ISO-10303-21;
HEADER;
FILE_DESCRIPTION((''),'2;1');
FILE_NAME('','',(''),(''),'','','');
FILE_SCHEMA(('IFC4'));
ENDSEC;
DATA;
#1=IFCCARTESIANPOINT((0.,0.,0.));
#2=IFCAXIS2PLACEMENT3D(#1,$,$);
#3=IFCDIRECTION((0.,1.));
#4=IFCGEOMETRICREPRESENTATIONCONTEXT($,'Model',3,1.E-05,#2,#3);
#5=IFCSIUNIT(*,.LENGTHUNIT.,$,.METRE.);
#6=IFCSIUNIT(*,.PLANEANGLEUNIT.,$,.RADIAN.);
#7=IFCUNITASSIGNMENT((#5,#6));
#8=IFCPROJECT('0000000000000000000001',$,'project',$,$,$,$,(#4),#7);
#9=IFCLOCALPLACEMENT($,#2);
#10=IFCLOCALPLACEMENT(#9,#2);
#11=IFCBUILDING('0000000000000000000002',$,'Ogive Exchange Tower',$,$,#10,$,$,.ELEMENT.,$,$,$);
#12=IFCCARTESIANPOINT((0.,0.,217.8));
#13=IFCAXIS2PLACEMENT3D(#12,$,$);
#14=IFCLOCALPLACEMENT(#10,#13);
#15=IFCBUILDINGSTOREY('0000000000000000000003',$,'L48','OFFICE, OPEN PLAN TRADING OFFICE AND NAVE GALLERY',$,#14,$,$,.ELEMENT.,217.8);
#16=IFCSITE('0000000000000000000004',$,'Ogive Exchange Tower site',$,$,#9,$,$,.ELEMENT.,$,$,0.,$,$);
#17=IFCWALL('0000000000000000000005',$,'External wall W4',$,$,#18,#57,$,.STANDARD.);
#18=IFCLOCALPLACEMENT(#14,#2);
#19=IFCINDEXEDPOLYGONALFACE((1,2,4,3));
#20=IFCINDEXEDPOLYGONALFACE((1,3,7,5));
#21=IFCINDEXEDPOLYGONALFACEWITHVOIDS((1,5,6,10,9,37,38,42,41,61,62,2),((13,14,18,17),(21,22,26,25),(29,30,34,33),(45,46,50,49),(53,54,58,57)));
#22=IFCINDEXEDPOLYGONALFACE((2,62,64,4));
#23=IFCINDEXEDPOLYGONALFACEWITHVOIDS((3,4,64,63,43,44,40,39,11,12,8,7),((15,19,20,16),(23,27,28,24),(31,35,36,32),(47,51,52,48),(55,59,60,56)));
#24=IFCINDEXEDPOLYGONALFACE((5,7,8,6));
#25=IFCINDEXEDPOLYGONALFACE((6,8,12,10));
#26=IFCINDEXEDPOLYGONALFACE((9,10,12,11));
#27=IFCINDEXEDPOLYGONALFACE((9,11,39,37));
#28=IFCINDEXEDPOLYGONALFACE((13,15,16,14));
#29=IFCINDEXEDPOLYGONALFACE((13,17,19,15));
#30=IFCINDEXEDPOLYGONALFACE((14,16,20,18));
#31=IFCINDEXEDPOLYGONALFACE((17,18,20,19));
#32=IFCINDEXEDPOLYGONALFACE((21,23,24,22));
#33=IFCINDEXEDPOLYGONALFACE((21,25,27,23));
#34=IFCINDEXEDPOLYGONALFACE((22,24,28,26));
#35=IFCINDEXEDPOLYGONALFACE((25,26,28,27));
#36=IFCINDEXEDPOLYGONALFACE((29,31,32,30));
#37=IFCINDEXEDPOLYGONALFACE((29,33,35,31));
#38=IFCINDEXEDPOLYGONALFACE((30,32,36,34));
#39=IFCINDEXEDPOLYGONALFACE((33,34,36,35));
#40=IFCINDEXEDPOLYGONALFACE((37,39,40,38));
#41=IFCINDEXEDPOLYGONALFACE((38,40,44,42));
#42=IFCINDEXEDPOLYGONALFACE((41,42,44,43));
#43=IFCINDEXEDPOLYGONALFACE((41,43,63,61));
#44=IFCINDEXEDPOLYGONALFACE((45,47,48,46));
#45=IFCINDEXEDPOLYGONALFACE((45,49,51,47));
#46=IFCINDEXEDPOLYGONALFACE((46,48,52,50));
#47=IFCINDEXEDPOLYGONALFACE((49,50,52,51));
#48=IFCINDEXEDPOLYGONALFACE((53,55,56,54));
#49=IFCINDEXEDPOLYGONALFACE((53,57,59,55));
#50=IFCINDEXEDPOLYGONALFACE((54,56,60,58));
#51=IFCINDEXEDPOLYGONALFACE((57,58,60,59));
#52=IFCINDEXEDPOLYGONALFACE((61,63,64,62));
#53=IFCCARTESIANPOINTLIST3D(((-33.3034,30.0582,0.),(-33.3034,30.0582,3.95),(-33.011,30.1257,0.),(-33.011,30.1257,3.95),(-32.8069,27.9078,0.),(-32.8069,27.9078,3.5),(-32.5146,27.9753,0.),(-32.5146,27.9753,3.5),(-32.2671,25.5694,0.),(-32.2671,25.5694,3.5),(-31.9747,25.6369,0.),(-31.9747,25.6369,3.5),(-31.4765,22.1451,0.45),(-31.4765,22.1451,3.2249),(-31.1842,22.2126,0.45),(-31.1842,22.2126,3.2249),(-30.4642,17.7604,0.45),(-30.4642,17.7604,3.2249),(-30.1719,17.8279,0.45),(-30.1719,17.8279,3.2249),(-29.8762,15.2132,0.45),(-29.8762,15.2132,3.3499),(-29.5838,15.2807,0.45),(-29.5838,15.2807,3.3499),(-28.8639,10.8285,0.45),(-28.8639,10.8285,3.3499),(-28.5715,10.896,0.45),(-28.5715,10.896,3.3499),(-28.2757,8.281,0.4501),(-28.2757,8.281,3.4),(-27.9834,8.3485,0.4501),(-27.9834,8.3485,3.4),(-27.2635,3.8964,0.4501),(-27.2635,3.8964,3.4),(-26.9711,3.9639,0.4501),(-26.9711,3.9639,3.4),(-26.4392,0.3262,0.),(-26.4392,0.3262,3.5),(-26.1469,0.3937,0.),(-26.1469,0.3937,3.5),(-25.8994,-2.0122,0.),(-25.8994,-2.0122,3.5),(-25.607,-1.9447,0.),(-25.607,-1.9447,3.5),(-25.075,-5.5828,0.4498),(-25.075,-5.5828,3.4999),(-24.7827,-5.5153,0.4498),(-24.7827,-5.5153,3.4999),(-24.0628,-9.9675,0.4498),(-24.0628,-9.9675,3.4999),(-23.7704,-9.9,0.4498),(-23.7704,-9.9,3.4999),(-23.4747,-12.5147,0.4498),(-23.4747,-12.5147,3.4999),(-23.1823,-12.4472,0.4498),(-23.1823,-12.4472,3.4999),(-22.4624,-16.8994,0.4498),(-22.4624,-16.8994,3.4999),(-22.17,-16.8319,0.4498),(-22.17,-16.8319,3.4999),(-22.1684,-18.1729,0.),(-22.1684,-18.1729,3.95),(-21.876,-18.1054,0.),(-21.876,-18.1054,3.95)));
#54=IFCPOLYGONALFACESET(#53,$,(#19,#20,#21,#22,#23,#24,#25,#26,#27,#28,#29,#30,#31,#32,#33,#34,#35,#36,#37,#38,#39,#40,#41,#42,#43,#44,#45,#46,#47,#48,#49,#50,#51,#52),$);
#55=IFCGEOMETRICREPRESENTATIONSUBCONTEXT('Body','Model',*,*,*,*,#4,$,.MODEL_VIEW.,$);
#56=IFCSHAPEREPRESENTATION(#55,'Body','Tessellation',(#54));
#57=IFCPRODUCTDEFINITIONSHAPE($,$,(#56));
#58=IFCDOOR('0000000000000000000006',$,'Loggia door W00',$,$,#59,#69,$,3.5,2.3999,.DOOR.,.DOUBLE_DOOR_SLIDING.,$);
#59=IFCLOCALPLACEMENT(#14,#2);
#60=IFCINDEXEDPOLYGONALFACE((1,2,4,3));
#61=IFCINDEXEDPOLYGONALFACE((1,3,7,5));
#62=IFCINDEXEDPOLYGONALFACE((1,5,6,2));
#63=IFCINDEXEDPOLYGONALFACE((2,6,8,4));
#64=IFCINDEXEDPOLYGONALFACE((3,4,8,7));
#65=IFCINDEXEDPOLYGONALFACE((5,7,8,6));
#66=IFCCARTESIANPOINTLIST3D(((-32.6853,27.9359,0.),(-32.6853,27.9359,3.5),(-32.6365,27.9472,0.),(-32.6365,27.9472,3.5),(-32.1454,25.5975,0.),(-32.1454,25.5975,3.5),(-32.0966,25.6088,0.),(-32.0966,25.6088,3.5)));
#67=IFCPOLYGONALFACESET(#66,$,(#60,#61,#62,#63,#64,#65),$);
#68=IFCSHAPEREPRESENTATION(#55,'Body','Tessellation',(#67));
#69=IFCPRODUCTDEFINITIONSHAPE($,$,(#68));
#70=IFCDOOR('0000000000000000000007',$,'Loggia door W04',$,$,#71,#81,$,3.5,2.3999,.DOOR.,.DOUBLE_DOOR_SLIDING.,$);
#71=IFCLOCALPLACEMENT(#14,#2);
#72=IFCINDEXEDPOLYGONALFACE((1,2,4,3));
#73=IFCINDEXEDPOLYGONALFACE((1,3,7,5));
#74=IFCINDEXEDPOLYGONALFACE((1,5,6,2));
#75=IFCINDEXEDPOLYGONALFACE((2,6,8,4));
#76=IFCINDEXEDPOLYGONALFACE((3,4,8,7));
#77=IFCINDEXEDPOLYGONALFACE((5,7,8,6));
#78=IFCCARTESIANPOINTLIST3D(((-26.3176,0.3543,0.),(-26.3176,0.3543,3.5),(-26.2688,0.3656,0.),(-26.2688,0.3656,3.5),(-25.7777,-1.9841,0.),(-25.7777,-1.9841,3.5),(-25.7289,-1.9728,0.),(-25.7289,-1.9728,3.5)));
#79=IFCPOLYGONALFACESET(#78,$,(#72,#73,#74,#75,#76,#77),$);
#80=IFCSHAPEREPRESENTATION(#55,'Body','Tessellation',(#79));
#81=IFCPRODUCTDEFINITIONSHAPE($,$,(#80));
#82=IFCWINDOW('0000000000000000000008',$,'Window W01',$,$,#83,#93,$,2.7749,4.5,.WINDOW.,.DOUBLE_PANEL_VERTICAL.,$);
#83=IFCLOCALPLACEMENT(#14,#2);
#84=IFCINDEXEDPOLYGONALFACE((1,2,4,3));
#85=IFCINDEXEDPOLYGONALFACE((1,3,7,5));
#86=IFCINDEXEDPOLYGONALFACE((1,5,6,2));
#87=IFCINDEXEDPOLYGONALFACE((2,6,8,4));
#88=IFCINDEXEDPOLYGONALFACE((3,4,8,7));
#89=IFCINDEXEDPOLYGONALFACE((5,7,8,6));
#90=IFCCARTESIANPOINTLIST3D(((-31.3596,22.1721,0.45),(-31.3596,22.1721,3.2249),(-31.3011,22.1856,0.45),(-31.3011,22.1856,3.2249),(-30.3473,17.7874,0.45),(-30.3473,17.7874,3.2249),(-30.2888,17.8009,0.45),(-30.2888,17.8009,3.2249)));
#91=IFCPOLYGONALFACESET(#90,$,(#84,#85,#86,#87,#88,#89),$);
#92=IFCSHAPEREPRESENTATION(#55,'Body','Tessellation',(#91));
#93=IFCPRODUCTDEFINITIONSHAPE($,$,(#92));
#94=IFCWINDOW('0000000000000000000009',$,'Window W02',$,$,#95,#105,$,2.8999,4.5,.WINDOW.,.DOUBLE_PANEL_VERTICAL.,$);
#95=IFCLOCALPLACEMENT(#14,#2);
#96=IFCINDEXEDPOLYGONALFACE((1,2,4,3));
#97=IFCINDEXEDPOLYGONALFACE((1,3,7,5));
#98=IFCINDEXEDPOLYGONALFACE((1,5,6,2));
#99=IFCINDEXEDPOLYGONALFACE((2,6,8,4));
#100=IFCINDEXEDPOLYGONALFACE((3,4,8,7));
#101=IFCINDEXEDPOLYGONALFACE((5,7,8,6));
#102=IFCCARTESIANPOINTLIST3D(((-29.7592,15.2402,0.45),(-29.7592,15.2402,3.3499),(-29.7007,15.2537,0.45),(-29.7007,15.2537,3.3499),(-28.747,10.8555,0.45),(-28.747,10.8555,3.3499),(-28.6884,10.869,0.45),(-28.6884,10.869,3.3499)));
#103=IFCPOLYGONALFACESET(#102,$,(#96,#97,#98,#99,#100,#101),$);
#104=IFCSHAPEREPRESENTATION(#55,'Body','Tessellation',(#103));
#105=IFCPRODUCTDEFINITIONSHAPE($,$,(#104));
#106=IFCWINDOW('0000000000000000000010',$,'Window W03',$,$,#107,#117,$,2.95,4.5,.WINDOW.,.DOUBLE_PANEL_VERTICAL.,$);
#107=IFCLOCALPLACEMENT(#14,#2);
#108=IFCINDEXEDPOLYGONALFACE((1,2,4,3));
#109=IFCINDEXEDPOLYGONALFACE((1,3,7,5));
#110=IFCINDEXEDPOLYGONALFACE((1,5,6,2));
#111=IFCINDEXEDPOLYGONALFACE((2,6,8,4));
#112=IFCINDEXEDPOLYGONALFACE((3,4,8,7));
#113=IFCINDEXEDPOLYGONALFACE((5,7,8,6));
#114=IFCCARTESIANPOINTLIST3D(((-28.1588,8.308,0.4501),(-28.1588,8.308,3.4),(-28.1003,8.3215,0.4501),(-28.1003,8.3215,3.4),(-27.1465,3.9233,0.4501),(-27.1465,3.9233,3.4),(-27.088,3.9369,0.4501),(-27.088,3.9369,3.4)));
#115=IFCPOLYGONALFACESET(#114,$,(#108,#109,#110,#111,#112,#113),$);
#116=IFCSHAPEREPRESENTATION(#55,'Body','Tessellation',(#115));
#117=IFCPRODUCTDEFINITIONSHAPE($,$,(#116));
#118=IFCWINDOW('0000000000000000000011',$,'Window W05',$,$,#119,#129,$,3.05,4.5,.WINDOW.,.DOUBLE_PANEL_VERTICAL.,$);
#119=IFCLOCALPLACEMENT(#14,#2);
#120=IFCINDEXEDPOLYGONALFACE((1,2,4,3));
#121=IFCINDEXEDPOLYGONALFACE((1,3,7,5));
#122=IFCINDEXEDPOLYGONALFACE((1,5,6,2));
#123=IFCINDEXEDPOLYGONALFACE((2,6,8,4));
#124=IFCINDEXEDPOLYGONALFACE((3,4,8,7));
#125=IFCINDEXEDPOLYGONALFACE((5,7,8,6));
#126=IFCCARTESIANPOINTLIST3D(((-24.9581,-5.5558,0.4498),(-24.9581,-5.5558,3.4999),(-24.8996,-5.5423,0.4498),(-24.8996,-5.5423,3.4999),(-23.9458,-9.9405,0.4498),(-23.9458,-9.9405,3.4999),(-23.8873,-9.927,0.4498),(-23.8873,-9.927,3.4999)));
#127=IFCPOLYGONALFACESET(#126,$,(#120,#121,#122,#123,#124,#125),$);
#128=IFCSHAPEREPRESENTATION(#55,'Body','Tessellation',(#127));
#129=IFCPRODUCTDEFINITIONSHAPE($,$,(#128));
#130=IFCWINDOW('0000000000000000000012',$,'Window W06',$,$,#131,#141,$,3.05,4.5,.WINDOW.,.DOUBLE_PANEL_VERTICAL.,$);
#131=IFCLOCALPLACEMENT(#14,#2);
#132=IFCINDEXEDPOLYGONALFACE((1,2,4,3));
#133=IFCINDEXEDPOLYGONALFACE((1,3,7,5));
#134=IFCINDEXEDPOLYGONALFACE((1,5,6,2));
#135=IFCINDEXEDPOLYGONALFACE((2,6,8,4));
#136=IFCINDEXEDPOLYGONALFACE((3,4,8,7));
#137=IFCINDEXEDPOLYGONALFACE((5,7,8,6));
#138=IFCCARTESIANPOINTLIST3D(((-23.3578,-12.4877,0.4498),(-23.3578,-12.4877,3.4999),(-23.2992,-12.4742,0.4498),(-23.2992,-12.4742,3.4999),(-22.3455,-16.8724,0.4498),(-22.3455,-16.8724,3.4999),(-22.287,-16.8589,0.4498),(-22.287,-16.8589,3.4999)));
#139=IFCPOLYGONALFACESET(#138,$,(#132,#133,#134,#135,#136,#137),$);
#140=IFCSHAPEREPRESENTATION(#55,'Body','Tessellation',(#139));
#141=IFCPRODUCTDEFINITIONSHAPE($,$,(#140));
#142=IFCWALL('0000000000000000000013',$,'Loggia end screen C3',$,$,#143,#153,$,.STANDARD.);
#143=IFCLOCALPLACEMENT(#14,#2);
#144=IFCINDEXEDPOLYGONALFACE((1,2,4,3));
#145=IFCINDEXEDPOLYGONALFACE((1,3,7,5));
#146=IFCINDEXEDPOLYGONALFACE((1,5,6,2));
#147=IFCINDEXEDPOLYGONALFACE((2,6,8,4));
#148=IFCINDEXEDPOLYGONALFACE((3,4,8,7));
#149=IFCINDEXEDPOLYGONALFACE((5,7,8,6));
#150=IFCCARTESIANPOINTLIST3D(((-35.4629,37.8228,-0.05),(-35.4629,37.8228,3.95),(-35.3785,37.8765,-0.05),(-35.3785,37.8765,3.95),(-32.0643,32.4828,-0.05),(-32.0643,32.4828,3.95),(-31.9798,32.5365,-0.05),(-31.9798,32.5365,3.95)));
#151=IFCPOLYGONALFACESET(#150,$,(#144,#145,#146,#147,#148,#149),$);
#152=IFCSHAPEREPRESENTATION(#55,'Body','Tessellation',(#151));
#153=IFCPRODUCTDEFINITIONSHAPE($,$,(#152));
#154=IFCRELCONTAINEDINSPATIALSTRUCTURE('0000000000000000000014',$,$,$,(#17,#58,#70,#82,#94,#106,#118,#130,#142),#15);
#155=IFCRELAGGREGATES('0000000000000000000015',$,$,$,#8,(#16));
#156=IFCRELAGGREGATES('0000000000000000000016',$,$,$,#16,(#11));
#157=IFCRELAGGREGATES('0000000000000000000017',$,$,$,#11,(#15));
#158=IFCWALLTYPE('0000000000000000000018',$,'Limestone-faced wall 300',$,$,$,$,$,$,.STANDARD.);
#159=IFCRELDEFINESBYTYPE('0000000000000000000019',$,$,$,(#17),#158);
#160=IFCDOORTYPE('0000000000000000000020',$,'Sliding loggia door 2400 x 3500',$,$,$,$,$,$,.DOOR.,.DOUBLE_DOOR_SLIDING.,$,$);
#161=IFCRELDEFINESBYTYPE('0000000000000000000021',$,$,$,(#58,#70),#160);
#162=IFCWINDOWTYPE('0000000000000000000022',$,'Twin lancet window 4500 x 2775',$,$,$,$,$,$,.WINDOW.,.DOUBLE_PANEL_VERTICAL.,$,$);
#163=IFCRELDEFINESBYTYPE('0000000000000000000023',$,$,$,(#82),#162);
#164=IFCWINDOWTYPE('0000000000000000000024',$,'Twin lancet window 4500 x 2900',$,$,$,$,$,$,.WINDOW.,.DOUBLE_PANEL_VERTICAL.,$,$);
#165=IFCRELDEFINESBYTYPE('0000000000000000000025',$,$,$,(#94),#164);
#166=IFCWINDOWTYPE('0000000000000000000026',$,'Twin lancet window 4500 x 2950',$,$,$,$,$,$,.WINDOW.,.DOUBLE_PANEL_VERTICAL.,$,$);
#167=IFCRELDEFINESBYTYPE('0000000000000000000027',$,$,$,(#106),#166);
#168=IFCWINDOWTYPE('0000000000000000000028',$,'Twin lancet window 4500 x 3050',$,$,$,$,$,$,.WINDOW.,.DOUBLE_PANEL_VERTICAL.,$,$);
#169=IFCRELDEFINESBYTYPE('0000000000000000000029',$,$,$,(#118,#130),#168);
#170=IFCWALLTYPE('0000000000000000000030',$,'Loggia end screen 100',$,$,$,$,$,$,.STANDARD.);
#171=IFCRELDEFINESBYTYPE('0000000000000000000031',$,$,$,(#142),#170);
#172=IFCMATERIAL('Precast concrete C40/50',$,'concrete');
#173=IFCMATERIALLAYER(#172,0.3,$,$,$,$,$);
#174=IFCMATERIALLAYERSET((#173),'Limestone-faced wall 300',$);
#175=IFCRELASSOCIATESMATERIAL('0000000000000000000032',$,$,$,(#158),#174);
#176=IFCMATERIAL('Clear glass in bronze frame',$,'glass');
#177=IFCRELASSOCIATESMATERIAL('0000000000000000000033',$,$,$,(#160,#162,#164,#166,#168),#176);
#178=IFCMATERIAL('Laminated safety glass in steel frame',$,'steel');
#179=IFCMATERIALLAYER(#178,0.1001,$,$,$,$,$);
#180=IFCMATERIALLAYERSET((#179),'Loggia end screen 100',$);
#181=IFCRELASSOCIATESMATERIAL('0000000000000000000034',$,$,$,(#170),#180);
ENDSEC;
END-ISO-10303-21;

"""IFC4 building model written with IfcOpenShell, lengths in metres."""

from ifc_helpers import new_model, si_unit, direction, frame, frame_2d, origin, place, context, subcontext, project, spatial, rectangle, extrude, material, layer, layer_set, type_object, element, fill, save


model = new_model("IFC4")

# Units and contexts
model_context = context("Model", 3, precision=1e-05, world=origin(), true_north=direction((0.0, 1.0)))
body_context = subcontext(model_context, "Body", "Model", "MODEL_VIEW")
ifc_project = project(units=[si_unit("LENGTHUNIT", "METRE"), si_unit("PLANEANGLEUNIT", "RADIAN")], contexts=[model_context])

# Site, building, storey
site_placement = place(None, origin())
site = spatial("IfcSite", under=ifc_project, at=site_placement, Name="Ogive Exchange Tower site", CompositionType="ELEMENT", RefElevation=0.0)
building_placement = place(site_placement, origin())
building = spatial("IfcBuilding", under=site, at=building_placement, Name="Ogive Exchange Tower", CompositionType="ELEMENT")
storey_placement = place(building_placement, frame((0.0, 0.0, 217.8)))
storey = spatial("IfcBuildingStorey", under=building, at=storey_placement, Name="L48", Description="OFFICE, OPEN PLAN TRADING OFFICE AND NAVE GALLERY", CompositionType="ELEMENT", Elevation=217.8)

# Wall, openings, doors, windows
ifc_material_1 = material(Name="Precast concrete C40/50", Category="concrete")
ifc_layer_1 = layer(ifc_material_1, 0.3)
ifc_layer_set_1 = layer_set([ifc_layer_1], Name="Limestone-faced wall 300")
wall_type_1 = type_object("IfcWallType", Name="Limestone-faced wall 300", PredefinedType="STANDARD", material=ifc_layer_set_1)
wall_1_placement = place(storey_placement, frame((-33.1572, 30.092, 0.0), z_axis=(0.0, 0.0, 1.0), x_axis=(0.22495, -0.97437, 0.0)))
wall_1 = element("IfcWall", 1, at=wall_1_placement, inside=storey, type_object=wall_type_1, Name="External wall W4", PredefinedType="STANDARD", context=body_context, shape_type="SweptSolid", body=[
    extrude(rectangle(XDim=49.4998, YDim=0.3, at=frame_2d((24.75, 0.0))), origin(), (0.0, 0.0, 1.0), 3.95),
])
opening_1_placement = place(wall_1_placement, frame((2.207, 0.0, 0.0)))
opening_1 = element("IfcOpeningElement", 2, at=opening_1_placement, cuts=wall_1, PredefinedType="OPENING", context=body_context, shape_type="SweptSolid", body=[
    extrude(rectangle(XDim=2.3999, YDim=3.5, at=frame_2d((1.2, 1.75))), frame((0.0, 0.1599, 0.0), z_axis=(0.0, -1.0, 0.0), x_axis=(1.0, 0.0, 0.0)), (0.0, 0.0, 1.0), 0.3201),
])
opening_2_placement = place(wall_1_placement, frame((8.1213, 0.0, 0.45)))
opening_2 = element("IfcOpeningElement", 3, at=opening_2_placement, cuts=wall_1, PredefinedType="OPENING", context=body_context, shape_type="SweptSolid", body=[
    extrude(rectangle(XDim=4.5, YDim=2.7749, at=frame_2d((2.25, 1.3875))), frame((0.0, 0.1599, 0.0), z_axis=(0.0, -1.0, 0.0), x_axis=(1.0, 0.0, 0.0)), (0.0, 0.0, 1.0), 0.3201),
])
opening_3_placement = place(wall_1_placement, frame((15.2356, 0.0, 0.45)))
opening_3 = element("IfcOpeningElement", 4, at=opening_3_placement, cuts=wall_1, PredefinedType="OPENING", context=body_context, shape_type="SweptSolid", body=[
    extrude(rectangle(XDim=4.5, YDim=2.8999, at=frame_2d((2.25, 1.45))), frame((0.0, 0.1599, 0.0), z_axis=(0.0, -1.0, 0.0), x_axis=(1.0, 0.0, 0.0)), (0.0, 0.0, 1.0), 0.3201),
])
opening_4_placement = place(wall_1_placement, frame((22.3501, 0.0, 0.45)))
opening_4 = element("IfcOpeningElement", 5, at=opening_4_placement, cuts=wall_1, PredefinedType="OPENING", context=body_context, shape_type="SweptSolid", body=[
    extrude(rectangle(XDim=4.5, YDim=2.95, at=frame_2d((2.25, 1.4751))), frame((0.0, 0.1599, 0.0), z_axis=(0.0, -1.0, 0.0), x_axis=(1.0, 0.0, 0.0)), (0.0, 0.0, 1.0), 0.3201),
])
opening_5_placement = place(wall_1_placement, frame((30.5142, 0.0, 0.0)))
opening_5 = element("IfcOpeningElement", 6, at=opening_5_placement, cuts=wall_1, PredefinedType="OPENING", context=body_context, shape_type="SweptSolid", body=[
    extrude(rectangle(XDim=2.3999, YDim=3.5, at=frame_2d((1.2, 1.75))), frame((0.0, 0.1599, 0.0), z_axis=(0.0, -1.0, 0.0), x_axis=(1.0, 0.0, 0.0)), (0.0, 0.0, 1.0), 0.3201),
])
opening_6_placement = place(wall_1_placement, frame((36.5786, 0.0, 0.45)))
opening_6 = element("IfcOpeningElement", 7, at=opening_6_placement, cuts=wall_1, PredefinedType="OPENING", context=body_context, shape_type="SweptSolid", body=[
    extrude(rectangle(XDim=4.5, YDim=3.05, at=frame_2d((2.25, 1.5249))), frame((0.0, 0.1599, 0.0), z_axis=(0.0, -1.0, 0.0), x_axis=(1.0, 0.0, 0.0)), (0.0, 0.0, 1.0), 0.3201),
])
opening_7_placement = place(wall_1_placement, frame((43.6929, 0.0, 0.45)))
opening_7 = element("IfcOpeningElement", 8, at=opening_7_placement, cuts=wall_1, PredefinedType="OPENING", context=body_context, shape_type="SweptSolid", body=[
    extrude(rectangle(XDim=4.5, YDim=3.05, at=frame_2d((2.25, 1.5249))), frame((0.0, 0.1599, 0.0), z_axis=(0.0, -1.0, 0.0), x_axis=(1.0, 0.0, 0.0)), (0.0, 0.0, 1.0), 0.3201),
])
ifc_material_2 = material(Name="Clear glass in bronze frame", Category="glass")
door_type_1 = type_object("IfcDoorType", Name="Sliding loggia door 2400 x 3500", OperationType="DOUBLE_DOOR_SLIDING", PredefinedType="DOOR", material=ifc_material_2)
door_1_placement = place(opening_1_placement, origin())
door_1 = element("IfcDoor", 9, at=door_1_placement, inside=storey, type_object=door_type_1, Name="Loggia door W00", OperationType="DOUBLE_DOOR_SLIDING", OverallHeight=3.5, OverallWidth=2.3999, PredefinedType="DOOR", context=body_context, shape_type="SweptSolid", body=[
    extrude(rectangle(XDim=2.3999, YDim=3.5, at=frame_2d((1.2, 1.75))), frame((0.0, 0.0249, 0.0), z_axis=(0.0, -1.0, 0.0), x_axis=(1.0, 0.0, 0.0)), (0.0, 0.0, 1.0), 0.05),
])
fill(opening_1, door_1)
door_2_placement = place(opening_5_placement, origin())
door_2 = element("IfcDoor", 10, at=door_2_placement, inside=storey, type_object=door_type_1, Name="Loggia door W04", OperationType="DOUBLE_DOOR_SLIDING", OverallHeight=3.5, OverallWidth=2.3999, PredefinedType="DOOR", context=body_context, shape_type="SweptSolid", body=[
    extrude(rectangle(XDim=2.3999, YDim=3.5, at=frame_2d((1.2, 1.75))), frame((0.0, 0.0249, 0.0), z_axis=(0.0, -1.0, 0.0), x_axis=(1.0, 0.0, 0.0)), (0.0, 0.0, 1.0), 0.05),
])
fill(opening_5, door_2)
window_type_1 = type_object("IfcWindowType", Name="Twin lancet window 4500 x 2775", PartitioningType="DOUBLE_PANEL_VERTICAL", PredefinedType="WINDOW", material=ifc_material_2)
window_1_placement = place(opening_2_placement, origin())
window_1 = element("IfcWindow", 11, at=window_1_placement, inside=storey, type_object=window_type_1, Name="Window W01", OverallHeight=2.7749, OverallWidth=4.5, PartitioningType="DOUBLE_PANEL_VERTICAL", PredefinedType="WINDOW", context=body_context, shape_type="SweptSolid", body=[
    extrude(rectangle(XDim=4.5, YDim=2.7749, at=frame_2d((2.25, 1.3875))), frame((0.0, 0.03, 0.0), z_axis=(0.0, -1.0, 0.0), x_axis=(1.0, 0.0, 0.0)), (0.0, 0.0, 1.0), 0.0601),
])
fill(opening_2, window_1)
window_type_2 = type_object("IfcWindowType", Name="Twin lancet window 4500 x 2900", PartitioningType="DOUBLE_PANEL_VERTICAL", PredefinedType="WINDOW", material=ifc_material_2)
window_2_placement = place(opening_3_placement, origin())
window_2 = element("IfcWindow", 12, at=window_2_placement, inside=storey, type_object=window_type_2, Name="Window W02", OverallHeight=2.8999, OverallWidth=4.5, PartitioningType="DOUBLE_PANEL_VERTICAL", PredefinedType="WINDOW", context=body_context, shape_type="SweptSolid", body=[
    extrude(rectangle(XDim=4.5, YDim=2.8999, at=frame_2d((2.25, 1.45))), frame((0.0, 0.03, 0.0), z_axis=(0.0, -1.0, 0.0), x_axis=(1.0, 0.0, 0.0)), (0.0, 0.0, 1.0), 0.0601),
])
fill(opening_3, window_2)
window_type_3 = type_object("IfcWindowType", Name="Twin lancet window 4500 x 2950", PartitioningType="DOUBLE_PANEL_VERTICAL", PredefinedType="WINDOW", material=ifc_material_2)
window_3_placement = place(opening_4_placement, origin())
window_3 = element("IfcWindow", 13, at=window_3_placement, inside=storey, type_object=window_type_3, Name="Window W03", OverallHeight=2.95, OverallWidth=4.5, PartitioningType="DOUBLE_PANEL_VERTICAL", PredefinedType="WINDOW", context=body_context, shape_type="SweptSolid", body=[
    extrude(rectangle(XDim=4.5, YDim=2.95, at=frame_2d((2.25, 1.4751))), frame((0.0, 0.03, 0.0), z_axis=(0.0, -1.0, 0.0), x_axis=(1.0, 0.0, 0.0)), (0.0, 0.0, 1.0), 0.0601),
])
fill(opening_4, window_3)
window_type_4 = type_object("IfcWindowType", Name="Twin lancet window 4500 x 3050", PartitioningType="DOUBLE_PANEL_VERTICAL", PredefinedType="WINDOW", material=ifc_material_2)
window_4_placement = place(opening_6_placement, origin())
window_4 = element("IfcWindow", 14, at=window_4_placement, inside=storey, type_object=window_type_4, Name="Window W05", OverallHeight=3.05, OverallWidth=4.5, PartitioningType="DOUBLE_PANEL_VERTICAL", PredefinedType="WINDOW", context=body_context, shape_type="SweptSolid", body=[
    extrude(rectangle(XDim=4.5, YDim=3.05, at=frame_2d((2.25, 1.5249))), frame((0.0, 0.03, 0.0), z_axis=(0.0, -1.0, 0.0), x_axis=(1.0, 0.0, 0.0)), (0.0, 0.0, 1.0), 0.0601),
])
fill(opening_6, window_4)
window_5_placement = place(opening_7_placement, origin())
window_5 = element("IfcWindow", 15, at=window_5_placement, inside=storey, type_object=window_type_4, Name="Window W06", OverallHeight=3.05, OverallWidth=4.5, PartitioningType="DOUBLE_PANEL_VERTICAL", PredefinedType="WINDOW", context=body_context, shape_type="SweptSolid", body=[
    extrude(rectangle(XDim=4.5, YDim=3.05, at=frame_2d((2.25, 1.5249))), frame((0.0, 0.03, 0.0), z_axis=(0.0, -1.0, 0.0), x_axis=(1.0, 0.0, 0.0)), (0.0, 0.0, 1.0), 0.0601),
])
fill(opening_7, window_5)

# Wall
ifc_material_3 = material(Name="Laminated safety glass in steel frame", Category="steel")
ifc_layer_2 = layer(ifc_material_3, 0.1001)
ifc_layer_set_2 = layer_set([ifc_layer_2], Name="Loggia end screen 100")
wall_type_2 = type_object("IfcWallType", Name="Loggia end screen 100", PredefinedType="STANDARD", material=ifc_layer_set_2)
wall_2_placement = place(storey_placement, frame((-32.022, 32.5095, -0.05), z_axis=(0.0, 0.0, 1.0), x_axis=(-0.536925, 0.84363, 0.0)))
element("IfcWall", 16, at=wall_2_placement, inside=storey, type_object=wall_type_2, Name="Loggia end screen C3", PredefinedType="STANDARD", context=body_context, shape_type="SweptSolid", body=[
    extrude(rectangle(XDim=6.3298, YDim=0.1001, at=frame_2d((3.165, 0.0))), origin(), (0.0, 0.0, 1.0), 4.0),
])

save(model, "model.ifc")
